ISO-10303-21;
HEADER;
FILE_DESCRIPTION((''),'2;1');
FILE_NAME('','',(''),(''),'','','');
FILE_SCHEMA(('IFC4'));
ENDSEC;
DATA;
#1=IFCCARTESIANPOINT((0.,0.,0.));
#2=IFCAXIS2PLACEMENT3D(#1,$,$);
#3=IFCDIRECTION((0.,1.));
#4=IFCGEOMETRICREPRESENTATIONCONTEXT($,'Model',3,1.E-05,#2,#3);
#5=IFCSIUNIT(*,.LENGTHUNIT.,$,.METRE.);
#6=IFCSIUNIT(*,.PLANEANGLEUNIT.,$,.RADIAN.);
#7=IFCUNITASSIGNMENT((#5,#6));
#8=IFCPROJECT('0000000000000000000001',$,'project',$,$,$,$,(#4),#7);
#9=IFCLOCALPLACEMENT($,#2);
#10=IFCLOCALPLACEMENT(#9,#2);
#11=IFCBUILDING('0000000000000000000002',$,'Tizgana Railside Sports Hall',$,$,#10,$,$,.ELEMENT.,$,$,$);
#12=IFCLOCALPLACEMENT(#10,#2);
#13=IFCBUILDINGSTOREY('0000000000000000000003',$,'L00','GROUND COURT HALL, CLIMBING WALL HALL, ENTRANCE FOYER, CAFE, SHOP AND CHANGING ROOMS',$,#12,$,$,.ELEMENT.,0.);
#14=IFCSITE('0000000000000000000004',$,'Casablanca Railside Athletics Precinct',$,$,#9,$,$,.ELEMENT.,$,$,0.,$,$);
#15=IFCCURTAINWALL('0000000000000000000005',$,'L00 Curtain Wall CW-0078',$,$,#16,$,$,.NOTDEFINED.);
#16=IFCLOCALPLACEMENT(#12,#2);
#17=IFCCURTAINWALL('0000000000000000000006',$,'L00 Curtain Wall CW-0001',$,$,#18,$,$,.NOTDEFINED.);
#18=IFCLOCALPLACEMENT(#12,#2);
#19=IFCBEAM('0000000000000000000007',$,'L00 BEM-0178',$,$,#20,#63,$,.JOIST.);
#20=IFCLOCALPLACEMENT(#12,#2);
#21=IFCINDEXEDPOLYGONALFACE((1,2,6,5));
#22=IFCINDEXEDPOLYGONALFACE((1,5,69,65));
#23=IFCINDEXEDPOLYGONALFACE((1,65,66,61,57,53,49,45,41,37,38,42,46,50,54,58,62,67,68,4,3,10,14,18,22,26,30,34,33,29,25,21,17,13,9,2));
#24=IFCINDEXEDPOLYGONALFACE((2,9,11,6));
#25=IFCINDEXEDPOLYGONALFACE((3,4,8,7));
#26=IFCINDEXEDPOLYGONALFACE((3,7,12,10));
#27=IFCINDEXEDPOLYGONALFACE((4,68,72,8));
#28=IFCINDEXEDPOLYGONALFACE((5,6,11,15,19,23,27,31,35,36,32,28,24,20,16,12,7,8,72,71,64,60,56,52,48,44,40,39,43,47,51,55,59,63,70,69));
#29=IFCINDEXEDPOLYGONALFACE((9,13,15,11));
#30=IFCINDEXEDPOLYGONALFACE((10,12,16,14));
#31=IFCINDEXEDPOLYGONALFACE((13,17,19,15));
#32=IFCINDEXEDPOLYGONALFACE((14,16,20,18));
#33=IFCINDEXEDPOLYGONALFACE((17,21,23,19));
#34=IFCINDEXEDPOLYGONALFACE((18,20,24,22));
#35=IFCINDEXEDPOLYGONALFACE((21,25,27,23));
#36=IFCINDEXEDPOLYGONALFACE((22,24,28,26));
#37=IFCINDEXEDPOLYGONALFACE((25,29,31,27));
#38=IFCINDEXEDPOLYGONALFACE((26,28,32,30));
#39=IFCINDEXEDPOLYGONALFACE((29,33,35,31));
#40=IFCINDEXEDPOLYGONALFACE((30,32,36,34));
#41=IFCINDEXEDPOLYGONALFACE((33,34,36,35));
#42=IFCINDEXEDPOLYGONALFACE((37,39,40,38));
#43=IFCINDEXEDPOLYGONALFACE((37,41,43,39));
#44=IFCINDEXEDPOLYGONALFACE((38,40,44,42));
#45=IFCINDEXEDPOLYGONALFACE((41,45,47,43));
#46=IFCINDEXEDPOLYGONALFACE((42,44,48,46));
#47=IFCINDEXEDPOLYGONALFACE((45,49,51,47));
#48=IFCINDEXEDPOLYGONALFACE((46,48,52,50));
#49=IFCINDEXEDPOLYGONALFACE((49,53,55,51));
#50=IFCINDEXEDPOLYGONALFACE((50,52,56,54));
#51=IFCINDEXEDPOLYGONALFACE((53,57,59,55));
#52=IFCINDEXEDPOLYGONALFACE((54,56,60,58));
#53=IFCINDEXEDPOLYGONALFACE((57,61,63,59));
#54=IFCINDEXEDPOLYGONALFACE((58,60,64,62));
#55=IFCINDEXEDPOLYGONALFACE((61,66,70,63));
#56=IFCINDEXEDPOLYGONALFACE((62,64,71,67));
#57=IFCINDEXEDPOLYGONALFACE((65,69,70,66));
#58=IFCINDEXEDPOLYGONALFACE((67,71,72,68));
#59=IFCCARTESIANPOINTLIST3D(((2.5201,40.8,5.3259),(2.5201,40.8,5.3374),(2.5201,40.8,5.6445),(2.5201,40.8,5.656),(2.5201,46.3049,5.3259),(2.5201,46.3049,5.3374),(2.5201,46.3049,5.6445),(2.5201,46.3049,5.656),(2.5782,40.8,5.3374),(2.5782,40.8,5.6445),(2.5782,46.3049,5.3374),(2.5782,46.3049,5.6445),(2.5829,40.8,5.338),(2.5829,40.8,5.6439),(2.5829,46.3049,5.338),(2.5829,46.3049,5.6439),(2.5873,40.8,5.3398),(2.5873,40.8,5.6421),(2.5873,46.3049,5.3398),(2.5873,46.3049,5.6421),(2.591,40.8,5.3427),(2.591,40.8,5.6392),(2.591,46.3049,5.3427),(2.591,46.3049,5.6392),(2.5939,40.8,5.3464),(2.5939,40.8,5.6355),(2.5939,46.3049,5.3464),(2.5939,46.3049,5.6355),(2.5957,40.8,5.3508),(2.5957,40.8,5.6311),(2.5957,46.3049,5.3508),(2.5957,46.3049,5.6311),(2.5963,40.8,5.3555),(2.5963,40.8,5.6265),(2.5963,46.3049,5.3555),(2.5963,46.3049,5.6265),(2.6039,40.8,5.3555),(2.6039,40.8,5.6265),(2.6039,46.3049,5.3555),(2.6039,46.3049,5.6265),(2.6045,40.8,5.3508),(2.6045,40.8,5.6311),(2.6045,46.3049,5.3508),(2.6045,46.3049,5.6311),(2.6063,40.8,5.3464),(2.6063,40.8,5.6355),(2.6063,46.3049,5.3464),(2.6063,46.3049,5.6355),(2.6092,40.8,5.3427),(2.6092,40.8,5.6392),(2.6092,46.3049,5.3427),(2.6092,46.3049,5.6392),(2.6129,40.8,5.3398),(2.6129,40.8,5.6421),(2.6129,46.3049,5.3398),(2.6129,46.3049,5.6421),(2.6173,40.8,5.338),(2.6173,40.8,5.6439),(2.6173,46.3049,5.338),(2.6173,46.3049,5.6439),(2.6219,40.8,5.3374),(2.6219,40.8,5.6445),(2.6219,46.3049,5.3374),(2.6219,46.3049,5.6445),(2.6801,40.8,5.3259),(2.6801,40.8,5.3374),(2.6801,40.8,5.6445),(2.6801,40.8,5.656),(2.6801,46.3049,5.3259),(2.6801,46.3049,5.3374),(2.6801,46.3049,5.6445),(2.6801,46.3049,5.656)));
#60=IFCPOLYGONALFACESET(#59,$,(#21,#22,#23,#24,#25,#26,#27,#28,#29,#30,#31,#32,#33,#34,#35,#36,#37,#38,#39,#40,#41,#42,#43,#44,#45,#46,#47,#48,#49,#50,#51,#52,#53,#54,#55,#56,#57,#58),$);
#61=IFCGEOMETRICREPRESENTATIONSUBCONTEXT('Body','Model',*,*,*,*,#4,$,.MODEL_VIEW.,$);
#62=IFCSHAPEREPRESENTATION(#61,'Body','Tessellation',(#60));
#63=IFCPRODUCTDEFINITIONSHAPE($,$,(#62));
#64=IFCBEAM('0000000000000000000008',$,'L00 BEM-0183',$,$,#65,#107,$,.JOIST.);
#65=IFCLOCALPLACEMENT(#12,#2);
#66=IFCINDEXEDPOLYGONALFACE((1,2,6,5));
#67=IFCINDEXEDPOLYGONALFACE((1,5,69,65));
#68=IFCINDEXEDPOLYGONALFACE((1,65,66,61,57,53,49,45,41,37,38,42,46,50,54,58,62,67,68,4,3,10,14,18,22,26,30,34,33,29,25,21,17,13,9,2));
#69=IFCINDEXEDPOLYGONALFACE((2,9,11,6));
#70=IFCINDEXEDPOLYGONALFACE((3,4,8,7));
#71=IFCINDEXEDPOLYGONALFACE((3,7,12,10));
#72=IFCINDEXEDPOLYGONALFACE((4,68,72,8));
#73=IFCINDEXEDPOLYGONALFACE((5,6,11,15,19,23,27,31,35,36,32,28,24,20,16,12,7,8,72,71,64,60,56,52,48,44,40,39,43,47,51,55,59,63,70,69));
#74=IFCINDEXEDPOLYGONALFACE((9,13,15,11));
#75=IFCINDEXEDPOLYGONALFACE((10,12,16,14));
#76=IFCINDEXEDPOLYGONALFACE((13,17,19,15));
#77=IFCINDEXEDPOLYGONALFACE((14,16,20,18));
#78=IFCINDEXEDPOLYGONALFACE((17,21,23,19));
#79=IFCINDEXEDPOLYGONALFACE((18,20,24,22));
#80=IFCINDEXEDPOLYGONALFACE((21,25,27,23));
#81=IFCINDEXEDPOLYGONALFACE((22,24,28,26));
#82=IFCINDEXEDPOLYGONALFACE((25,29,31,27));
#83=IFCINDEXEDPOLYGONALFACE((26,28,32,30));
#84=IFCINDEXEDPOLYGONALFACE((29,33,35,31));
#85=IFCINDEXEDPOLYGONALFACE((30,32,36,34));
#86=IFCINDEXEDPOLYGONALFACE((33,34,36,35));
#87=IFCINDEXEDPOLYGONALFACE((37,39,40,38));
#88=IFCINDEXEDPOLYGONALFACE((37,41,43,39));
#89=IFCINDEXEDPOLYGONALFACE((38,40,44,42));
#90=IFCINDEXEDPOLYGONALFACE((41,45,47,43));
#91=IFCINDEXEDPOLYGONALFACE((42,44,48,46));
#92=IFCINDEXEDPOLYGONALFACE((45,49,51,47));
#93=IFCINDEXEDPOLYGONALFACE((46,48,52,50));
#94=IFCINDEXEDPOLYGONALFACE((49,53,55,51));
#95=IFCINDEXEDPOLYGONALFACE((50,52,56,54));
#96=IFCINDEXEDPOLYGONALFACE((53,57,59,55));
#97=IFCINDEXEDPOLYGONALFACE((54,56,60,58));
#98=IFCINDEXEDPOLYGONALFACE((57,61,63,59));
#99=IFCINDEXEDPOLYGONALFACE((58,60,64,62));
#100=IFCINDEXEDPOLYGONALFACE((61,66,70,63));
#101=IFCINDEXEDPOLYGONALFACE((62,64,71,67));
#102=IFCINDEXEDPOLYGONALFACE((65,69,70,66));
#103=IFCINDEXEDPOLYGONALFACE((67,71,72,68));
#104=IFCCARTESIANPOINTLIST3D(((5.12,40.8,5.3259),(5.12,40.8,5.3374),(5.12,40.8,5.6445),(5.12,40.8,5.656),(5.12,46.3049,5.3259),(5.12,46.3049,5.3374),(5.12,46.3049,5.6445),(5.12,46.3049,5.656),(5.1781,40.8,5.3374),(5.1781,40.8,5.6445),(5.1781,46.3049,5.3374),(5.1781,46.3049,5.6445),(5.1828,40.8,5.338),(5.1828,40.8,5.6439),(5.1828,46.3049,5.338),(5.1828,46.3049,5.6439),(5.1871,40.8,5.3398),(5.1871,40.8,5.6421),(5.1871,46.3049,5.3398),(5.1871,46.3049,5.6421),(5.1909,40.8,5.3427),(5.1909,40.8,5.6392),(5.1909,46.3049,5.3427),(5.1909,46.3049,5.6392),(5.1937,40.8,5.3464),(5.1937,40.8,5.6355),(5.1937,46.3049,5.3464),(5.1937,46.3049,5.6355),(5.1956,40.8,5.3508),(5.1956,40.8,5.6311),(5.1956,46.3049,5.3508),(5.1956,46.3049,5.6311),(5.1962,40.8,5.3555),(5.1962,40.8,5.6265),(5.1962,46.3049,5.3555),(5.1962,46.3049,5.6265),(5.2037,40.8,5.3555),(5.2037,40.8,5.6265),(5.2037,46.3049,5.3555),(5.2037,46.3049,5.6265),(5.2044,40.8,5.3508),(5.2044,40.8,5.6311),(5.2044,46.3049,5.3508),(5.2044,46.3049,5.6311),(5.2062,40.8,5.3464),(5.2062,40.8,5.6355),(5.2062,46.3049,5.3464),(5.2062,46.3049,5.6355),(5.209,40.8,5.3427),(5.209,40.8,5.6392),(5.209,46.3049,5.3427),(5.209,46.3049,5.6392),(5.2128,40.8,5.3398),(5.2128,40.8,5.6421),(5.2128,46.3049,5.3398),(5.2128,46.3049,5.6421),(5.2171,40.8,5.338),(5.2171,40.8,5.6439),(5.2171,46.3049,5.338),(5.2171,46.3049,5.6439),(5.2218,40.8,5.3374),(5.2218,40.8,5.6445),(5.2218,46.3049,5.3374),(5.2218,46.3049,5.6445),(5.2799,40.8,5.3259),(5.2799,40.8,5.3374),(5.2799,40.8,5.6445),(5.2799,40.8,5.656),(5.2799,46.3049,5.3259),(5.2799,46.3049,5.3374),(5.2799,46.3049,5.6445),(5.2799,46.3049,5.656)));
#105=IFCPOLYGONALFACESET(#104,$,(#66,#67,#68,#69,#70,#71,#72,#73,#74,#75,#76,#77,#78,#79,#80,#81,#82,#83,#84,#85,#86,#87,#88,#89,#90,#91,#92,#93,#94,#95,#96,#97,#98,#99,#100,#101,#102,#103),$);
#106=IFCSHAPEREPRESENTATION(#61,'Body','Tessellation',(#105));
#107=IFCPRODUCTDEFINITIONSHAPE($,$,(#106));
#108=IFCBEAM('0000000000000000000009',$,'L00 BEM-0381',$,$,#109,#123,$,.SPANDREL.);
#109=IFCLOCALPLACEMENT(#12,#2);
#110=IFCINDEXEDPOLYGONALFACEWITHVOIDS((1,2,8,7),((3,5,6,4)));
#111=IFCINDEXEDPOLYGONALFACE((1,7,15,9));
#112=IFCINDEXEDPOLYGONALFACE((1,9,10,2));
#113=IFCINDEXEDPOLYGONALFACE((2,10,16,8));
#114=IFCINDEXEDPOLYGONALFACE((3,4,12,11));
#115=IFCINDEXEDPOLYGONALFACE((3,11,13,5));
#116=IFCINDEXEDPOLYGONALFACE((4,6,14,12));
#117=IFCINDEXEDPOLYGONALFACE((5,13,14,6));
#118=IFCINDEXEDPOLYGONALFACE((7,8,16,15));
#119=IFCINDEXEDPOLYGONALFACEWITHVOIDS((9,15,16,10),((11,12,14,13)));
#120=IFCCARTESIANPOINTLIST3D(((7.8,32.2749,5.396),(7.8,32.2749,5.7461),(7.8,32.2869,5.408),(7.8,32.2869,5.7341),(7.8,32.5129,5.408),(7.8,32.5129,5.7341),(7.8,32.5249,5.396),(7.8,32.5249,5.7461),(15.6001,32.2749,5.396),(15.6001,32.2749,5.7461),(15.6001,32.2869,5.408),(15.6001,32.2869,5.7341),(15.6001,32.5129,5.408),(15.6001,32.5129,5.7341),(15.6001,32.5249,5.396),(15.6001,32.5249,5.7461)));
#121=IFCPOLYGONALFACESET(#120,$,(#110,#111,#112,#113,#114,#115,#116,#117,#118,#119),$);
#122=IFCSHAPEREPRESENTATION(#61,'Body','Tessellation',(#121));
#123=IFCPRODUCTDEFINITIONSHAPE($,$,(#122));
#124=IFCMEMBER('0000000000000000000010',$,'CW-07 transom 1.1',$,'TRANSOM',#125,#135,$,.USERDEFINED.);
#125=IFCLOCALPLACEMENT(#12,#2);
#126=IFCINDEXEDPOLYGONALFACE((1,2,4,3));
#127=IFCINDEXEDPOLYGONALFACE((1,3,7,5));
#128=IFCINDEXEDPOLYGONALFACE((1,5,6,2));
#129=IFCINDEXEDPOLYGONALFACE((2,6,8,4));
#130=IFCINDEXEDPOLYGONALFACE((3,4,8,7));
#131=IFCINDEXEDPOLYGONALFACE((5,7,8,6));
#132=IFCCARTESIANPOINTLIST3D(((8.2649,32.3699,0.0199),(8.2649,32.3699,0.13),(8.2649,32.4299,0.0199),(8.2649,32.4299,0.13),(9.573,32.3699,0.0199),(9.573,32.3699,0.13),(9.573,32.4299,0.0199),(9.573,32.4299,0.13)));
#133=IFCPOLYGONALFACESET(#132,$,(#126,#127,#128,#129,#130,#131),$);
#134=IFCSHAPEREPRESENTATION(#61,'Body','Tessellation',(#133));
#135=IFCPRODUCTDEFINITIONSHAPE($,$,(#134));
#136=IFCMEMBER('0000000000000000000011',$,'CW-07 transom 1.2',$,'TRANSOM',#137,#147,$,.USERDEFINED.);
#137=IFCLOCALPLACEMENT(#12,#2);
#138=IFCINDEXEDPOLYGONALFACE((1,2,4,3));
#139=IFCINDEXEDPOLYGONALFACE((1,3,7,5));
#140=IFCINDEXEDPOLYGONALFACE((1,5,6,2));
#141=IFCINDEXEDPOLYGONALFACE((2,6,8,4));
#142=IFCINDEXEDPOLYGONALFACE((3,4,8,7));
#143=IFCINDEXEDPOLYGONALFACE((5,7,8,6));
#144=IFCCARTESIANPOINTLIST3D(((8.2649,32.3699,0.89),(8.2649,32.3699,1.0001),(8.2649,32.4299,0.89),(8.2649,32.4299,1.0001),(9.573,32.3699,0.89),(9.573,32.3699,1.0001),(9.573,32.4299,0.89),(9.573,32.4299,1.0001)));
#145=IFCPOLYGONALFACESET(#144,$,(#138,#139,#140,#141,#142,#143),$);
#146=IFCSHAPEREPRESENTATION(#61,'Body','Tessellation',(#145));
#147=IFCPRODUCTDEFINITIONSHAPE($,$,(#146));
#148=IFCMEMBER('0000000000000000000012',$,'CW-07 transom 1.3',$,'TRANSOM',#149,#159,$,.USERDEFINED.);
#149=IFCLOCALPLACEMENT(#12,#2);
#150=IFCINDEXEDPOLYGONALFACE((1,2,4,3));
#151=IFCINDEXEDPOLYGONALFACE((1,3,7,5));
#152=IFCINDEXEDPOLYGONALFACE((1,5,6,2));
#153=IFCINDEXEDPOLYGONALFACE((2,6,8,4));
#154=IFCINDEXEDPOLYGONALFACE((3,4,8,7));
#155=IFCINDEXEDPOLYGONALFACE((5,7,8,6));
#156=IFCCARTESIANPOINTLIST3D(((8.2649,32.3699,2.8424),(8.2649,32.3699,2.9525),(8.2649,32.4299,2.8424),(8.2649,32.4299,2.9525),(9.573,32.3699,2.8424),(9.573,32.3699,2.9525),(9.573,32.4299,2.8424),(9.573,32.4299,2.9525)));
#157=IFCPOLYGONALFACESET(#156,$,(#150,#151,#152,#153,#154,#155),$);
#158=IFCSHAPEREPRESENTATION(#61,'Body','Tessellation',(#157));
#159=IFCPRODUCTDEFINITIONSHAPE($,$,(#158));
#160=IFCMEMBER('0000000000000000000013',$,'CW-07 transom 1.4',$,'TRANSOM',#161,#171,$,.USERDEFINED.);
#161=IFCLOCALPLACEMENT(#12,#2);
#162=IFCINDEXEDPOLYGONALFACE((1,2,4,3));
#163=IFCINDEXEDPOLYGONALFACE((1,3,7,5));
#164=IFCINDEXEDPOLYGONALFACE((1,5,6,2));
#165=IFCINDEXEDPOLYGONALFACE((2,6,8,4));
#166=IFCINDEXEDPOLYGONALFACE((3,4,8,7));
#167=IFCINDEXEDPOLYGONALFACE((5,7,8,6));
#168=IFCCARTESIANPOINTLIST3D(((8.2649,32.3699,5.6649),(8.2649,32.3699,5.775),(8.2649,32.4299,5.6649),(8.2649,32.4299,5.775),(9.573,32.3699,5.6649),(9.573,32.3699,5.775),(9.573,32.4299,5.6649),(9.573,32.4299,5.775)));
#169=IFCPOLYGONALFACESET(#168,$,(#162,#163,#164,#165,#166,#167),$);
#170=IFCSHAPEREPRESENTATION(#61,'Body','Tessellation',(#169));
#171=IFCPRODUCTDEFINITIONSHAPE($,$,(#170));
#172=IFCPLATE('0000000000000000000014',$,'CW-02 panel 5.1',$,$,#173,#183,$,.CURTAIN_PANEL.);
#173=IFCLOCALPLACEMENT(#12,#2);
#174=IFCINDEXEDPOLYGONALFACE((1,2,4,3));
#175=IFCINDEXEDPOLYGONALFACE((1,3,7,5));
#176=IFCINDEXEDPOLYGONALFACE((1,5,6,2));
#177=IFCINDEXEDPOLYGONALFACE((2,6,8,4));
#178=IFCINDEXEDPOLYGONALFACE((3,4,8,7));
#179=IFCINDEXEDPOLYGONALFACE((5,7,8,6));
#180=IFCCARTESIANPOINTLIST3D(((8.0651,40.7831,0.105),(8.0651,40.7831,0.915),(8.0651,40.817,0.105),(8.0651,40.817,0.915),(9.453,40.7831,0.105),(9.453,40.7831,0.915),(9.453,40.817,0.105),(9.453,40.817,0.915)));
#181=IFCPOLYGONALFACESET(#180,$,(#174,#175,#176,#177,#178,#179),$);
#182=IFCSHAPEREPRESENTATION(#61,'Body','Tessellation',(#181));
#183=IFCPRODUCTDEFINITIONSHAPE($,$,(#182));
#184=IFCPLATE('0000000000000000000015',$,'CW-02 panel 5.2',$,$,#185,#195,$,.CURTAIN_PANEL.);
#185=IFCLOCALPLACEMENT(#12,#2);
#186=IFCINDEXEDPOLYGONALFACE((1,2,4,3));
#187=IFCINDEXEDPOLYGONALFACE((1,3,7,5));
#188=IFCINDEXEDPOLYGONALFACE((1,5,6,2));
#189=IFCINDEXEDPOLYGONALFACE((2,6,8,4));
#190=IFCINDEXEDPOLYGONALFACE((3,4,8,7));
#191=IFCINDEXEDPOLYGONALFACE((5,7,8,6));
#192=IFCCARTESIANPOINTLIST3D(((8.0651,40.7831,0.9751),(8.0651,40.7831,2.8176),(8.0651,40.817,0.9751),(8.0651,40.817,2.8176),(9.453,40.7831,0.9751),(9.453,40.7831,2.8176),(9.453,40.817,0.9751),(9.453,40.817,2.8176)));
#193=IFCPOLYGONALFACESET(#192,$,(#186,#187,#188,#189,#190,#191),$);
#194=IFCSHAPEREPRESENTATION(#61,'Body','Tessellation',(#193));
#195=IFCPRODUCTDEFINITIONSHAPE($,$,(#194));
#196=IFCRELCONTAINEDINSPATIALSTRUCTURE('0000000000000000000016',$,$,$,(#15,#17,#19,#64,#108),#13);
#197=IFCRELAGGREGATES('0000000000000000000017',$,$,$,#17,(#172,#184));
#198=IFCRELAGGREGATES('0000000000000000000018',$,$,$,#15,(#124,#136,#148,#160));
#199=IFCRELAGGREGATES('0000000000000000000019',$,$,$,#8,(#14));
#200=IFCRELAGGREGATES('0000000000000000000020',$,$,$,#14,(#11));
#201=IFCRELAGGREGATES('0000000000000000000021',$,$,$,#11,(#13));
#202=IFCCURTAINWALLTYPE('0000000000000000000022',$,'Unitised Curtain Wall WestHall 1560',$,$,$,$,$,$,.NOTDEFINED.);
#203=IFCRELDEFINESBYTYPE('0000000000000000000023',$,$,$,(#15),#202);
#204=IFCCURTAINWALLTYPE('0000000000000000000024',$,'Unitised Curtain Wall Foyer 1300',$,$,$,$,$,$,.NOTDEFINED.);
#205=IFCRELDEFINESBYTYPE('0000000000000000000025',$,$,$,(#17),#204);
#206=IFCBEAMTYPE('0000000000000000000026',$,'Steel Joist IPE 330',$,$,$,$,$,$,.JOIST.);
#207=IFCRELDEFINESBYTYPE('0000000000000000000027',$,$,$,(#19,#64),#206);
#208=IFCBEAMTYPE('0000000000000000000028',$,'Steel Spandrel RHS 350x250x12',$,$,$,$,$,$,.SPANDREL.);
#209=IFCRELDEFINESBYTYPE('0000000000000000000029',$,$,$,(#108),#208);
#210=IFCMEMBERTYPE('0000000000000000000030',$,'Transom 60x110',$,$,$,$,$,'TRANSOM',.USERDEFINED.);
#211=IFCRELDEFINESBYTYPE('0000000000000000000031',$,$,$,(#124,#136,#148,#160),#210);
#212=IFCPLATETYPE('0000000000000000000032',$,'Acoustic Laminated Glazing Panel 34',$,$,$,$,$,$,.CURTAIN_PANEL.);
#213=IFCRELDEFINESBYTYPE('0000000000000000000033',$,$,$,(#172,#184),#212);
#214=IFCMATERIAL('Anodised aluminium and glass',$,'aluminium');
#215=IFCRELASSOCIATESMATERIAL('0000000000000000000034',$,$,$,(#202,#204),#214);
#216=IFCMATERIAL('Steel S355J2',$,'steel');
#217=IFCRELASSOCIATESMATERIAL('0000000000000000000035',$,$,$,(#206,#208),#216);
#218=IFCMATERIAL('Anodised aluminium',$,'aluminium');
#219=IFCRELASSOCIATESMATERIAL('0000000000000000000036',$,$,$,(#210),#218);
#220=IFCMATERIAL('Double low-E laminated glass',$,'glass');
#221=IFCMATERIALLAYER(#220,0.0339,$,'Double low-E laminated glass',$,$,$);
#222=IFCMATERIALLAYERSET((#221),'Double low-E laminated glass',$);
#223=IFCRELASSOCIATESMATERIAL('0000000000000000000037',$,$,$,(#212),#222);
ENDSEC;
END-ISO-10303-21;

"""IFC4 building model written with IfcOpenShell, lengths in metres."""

from ifc_helpers import new_model, si_unit, direction, frame, origin, origin_2d, place, context, subcontext, project, spatial, rectangle, hollow_rectangle, i_section, extrude, material, layer, layer_set, material_profile, profile_set, type_object, element, aggregate, save


model = new_model("IFC4")

# Units and contexts
model_context = context("Model", 3, precision=1e-05, world=origin(), true_north=direction((0.0, 1.0)))
body_context = subcontext(model_context, "Body", "Model", "MODEL_VIEW")
ifc_project = project(units=[si_unit("LENGTHUNIT", "METRE"), si_unit("PLANEANGLEUNIT", "RADIAN")], contexts=[model_context])

# Site, building, storey
site_placement = place(None, origin())
site = spatial("IfcSite", under=ifc_project, at=site_placement, Name="Casablanca Railside Athletics Precinct", CompositionType="ELEMENT", RefElevation=0.0)
building_placement = place(site_placement, origin())
building = spatial("IfcBuilding", under=site, at=building_placement, Name="Tizgana Railside Sports Hall", CompositionType="ELEMENT")
storey_placement = place(building_placement, origin())
storey = spatial("IfcBuildingStorey", under=building, at=storey_placement, Name="L00", Description="GROUND COURT HALL, CLIMBING WALL HALL, ENTRANCE FOYER, CAFE, SHOP AND CHANGING ROOMS", CompositionType="ELEMENT", Elevation=0.0)

# Shared definitions
ifc_material_1 = material(Name="Steel S355J2", Category="steel")

# Curtain walls
ifc_material_2 = material(Name="Anodised aluminium and glass", Category="aluminium")
curtain_wall_type_1 = type_object("IfcCurtainWallType", Name="Unitised Curtain Wall WestHall 1560", PredefinedType="NOTDEFINED", material=ifc_material_2)
curtain_wall_1_placement = place(storey_placement, origin())
curtain_wall_1 = element("IfcCurtainWall", 1, at=curtain_wall_1_placement, inside=storey, type_object=curtain_wall_type_1, Name="L00 Curtain Wall CW-0078", PredefinedType="NOTDEFINED")
ifc_material_3 = material(Name="Anodised aluminium", Category="aluminium")
curtain_wall_type_2 = type_object("IfcCurtainWallType", Name="Unitised Curtain Wall Foyer 1300", PredefinedType="NOTDEFINED", material=ifc_material_2)
curtain_wall_2_placement = place(storey_placement, origin())
curtain_wall_2 = element("IfcCurtainWall", 2, at=curtain_wall_2_placement, inside=storey, type_object=curtain_wall_type_2, Name="L00 Curtain Wall CW-0001", PredefinedType="NOTDEFINED")

# Beams
ifc_material_profile_1 = material_profile(ifc_material_1, i_section(OverallWidth=0.1599, OverallDepth=0.3301, WebThickness=0.0076, FlangeThickness=0.0115, FilletRadius=0.0181, at=origin_2d()), Name="IPE 330")
ifc_profile_set_1 = profile_set([ifc_material_profile_1], Name="Steel S355J2")
beam_type_1 = type_object("IfcBeamType", Name="Steel Joist IPE 330", PredefinedType="JOIST", material=ifc_profile_set_1)
for number, where, z_axis, x_axis, name in (
    (3, (2.6001, 40.8, 5.491), (0.0, 1.0, 0.0), (-1.0, 0.0, 0.0), "L00 BEM-0178"),
    (4, (5.2, 40.8, 5.491), (0.0, 1.0, 0.0), (-1.0, 0.0, 0.0), "L00 BEM-0183"),
):
    element("IfcBeam", number, at=place(storey_placement, frame(where, z_axis=z_axis, x_axis=x_axis)), inside=storey, type_object=beam_type_1, Name=name, PredefinedType="JOIST", context=body_context, shape_type="SweptSolid", body=[
        extrude(i_section(OverallWidth=0.1599, OverallDepth=0.3301, WebThickness=0.0076, FlangeThickness=0.0115, FilletRadius=0.0181, at=origin_2d()), origin(), (0.0, 0.0, 1.0), 5.5049),
    ])
ifc_material_profile_2 = material_profile(ifc_material_1, hollow_rectangle(XDim=0.25, YDim=0.3501, WallThickness=0.012, at=origin_2d()), Name="RHS 350x250x12")
ifc_profile_set_2 = profile_set([ifc_material_profile_2], Name="Steel S355J2")
beam_type_2 = type_object("IfcBeamType", Name="Steel Spandrel RHS 350x250x12", PredefinedType="SPANDREL", material=ifc_profile_set_2)
beam_1_placement = place(storey_placement, frame((7.8, 32.3999, 5.571), z_axis=(1.0, 0.0, 0.0), x_axis=(0.0, 1.0, 0.0)))
element("IfcBeam", 5, at=beam_1_placement, inside=storey, type_object=beam_type_2, Name="L00 BEM-0381", PredefinedType="SPANDREL", context=body_context, shape_type="SweptSolid", body=[
    extrude(hollow_rectangle(XDim=0.25, YDim=0.3501, WallThickness=0.012, at=origin_2d()), origin(), (0.0, 0.0, 1.0), 7.8),
])

# Members
ifc_material_profile_3 = material_profile(ifc_material_3, rectangle(XDim=0.0601, YDim=0.1101, at=origin_2d()), Name="Transom 60x110")
ifc_profile_set_3 = profile_set([ifc_material_profile_3], Name="Anodised aluminium")
member_type_1 = type_object("IfcMemberType", Name="Transom 60x110", ElementType="TRANSOM", PredefinedType="USERDEFINED", material=ifc_profile_set_3)
member_1_placement = place(storey_placement, frame((8.2649, 32.3999, 0.075), z_axis=(1.0, 0.0, 0.0), x_axis=(0.0, 1.0, 0.0)))
member_1 = element("IfcMember", 6, at=member_1_placement, type_object=member_type_1, Name="CW-07 transom 1.1", ObjectType="TRANSOM", PredefinedType="USERDEFINED", context=body_context, shape_type="SweptSolid", body=[
    extrude(rectangle(XDim=0.0601, YDim=0.1101, at=origin_2d()), origin(), (0.0, 0.0, 1.0), 1.3081),
])
member_2_placement = place(storey_placement, frame((8.2649, 32.3999, 0.9451), z_axis=(1.0, 0.0, 0.0), x_axis=(0.0, 1.0, 0.0)))
member_2 = element("IfcMember", 7, at=member_2_placement, type_object=member_type_1, Name="CW-07 transom 1.2", ObjectType="TRANSOM", PredefinedType="USERDEFINED", context=body_context, shape_type="SweptSolid", body=[
    extrude(rectangle(XDim=0.0601, YDim=0.1101, at=origin_2d()), origin(), (0.0, 0.0, 1.0), 1.3081),
])
member_3_placement = place(storey_placement, frame((8.2649, 32.3999, 2.8975), z_axis=(1.0, 0.0, 0.0), x_axis=(0.0, 1.0, 0.0)))
member_3 = element("IfcMember", 8, at=member_3_placement, type_object=member_type_1, Name="CW-07 transom 1.3", ObjectType="TRANSOM", PredefinedType="USERDEFINED", context=body_context, shape_type="SweptSolid", body=[
    extrude(rectangle(XDim=0.0601, YDim=0.1101, at=origin_2d()), origin(), (0.0, 0.0, 1.0), 1.3081),
])
member_4_placement = place(storey_placement, frame((8.2649, 32.3999, 5.72), z_axis=(1.0, 0.0, 0.0), x_axis=(0.0, 1.0, 0.0)))
member_4 = element("IfcMember", 9, at=member_4_placement, type_object=member_type_1, Name="CW-07 transom 1.4", ObjectType="TRANSOM", PredefinedType="USERDEFINED", context=body_context, shape_type="SweptSolid", body=[
    extrude(rectangle(XDim=0.0601, YDim=0.1101, at=origin_2d()), origin(), (0.0, 0.0, 1.0), 1.3081),
])

# Plates
ifc_material_4 = material(Name="Double low-E laminated glass", Category="glass")
ifc_layer_1 = layer(ifc_material_4, 0.0339, Name="Double low-E laminated glass")
ifc_layer_set_1 = layer_set([ifc_layer_1], Name="Double low-E laminated glass")
plate_type_1 = type_object("IfcPlateType", Name="Acoustic Laminated Glazing Panel 34", PredefinedType="CURTAIN_PANEL", material=ifc_layer_set_1)
plate_1_placement = place(storey_placement, frame((8.759, 40.8, 0.105), z_axis=(0.0, 0.0, 1.0), x_axis=(-1.0, 0.0, 0.0)))
plate_1 = element("IfcPlate", 10, at=plate_1_placement, type_object=plate_type_1, Name="CW-02 panel 5.1", PredefinedType="CURTAIN_PANEL", context=body_context, shape_type="SweptSolid", body=[
    extrude(rectangle(XDim=1.3879, YDim=0.0339, at=origin_2d()), origin(), (0.0, 0.0, 1.0), 0.8101),
])
plate_2_placement = place(storey_placement, frame((8.759, 40.8, 0.9751), z_axis=(0.0, 0.0, 1.0), x_axis=(-1.0, 0.0, 0.0)))
plate_2 = element("IfcPlate", 11, at=plate_2_placement, type_object=plate_type_1, Name="CW-02 panel 5.2", PredefinedType="CURTAIN_PANEL", context=body_context, shape_type="SweptSolid", body=[
    extrude(rectangle(XDim=1.3879, YDim=0.0339, at=origin_2d()), origin(), (0.0, 0.0, 1.0), 1.8425),
])
aggregate(curtain_wall_2, [plate_1, plate_2])
aggregate(curtain_wall_1, [member_1, member_2, member_3, member_4])

save(model, "model.ifc")
